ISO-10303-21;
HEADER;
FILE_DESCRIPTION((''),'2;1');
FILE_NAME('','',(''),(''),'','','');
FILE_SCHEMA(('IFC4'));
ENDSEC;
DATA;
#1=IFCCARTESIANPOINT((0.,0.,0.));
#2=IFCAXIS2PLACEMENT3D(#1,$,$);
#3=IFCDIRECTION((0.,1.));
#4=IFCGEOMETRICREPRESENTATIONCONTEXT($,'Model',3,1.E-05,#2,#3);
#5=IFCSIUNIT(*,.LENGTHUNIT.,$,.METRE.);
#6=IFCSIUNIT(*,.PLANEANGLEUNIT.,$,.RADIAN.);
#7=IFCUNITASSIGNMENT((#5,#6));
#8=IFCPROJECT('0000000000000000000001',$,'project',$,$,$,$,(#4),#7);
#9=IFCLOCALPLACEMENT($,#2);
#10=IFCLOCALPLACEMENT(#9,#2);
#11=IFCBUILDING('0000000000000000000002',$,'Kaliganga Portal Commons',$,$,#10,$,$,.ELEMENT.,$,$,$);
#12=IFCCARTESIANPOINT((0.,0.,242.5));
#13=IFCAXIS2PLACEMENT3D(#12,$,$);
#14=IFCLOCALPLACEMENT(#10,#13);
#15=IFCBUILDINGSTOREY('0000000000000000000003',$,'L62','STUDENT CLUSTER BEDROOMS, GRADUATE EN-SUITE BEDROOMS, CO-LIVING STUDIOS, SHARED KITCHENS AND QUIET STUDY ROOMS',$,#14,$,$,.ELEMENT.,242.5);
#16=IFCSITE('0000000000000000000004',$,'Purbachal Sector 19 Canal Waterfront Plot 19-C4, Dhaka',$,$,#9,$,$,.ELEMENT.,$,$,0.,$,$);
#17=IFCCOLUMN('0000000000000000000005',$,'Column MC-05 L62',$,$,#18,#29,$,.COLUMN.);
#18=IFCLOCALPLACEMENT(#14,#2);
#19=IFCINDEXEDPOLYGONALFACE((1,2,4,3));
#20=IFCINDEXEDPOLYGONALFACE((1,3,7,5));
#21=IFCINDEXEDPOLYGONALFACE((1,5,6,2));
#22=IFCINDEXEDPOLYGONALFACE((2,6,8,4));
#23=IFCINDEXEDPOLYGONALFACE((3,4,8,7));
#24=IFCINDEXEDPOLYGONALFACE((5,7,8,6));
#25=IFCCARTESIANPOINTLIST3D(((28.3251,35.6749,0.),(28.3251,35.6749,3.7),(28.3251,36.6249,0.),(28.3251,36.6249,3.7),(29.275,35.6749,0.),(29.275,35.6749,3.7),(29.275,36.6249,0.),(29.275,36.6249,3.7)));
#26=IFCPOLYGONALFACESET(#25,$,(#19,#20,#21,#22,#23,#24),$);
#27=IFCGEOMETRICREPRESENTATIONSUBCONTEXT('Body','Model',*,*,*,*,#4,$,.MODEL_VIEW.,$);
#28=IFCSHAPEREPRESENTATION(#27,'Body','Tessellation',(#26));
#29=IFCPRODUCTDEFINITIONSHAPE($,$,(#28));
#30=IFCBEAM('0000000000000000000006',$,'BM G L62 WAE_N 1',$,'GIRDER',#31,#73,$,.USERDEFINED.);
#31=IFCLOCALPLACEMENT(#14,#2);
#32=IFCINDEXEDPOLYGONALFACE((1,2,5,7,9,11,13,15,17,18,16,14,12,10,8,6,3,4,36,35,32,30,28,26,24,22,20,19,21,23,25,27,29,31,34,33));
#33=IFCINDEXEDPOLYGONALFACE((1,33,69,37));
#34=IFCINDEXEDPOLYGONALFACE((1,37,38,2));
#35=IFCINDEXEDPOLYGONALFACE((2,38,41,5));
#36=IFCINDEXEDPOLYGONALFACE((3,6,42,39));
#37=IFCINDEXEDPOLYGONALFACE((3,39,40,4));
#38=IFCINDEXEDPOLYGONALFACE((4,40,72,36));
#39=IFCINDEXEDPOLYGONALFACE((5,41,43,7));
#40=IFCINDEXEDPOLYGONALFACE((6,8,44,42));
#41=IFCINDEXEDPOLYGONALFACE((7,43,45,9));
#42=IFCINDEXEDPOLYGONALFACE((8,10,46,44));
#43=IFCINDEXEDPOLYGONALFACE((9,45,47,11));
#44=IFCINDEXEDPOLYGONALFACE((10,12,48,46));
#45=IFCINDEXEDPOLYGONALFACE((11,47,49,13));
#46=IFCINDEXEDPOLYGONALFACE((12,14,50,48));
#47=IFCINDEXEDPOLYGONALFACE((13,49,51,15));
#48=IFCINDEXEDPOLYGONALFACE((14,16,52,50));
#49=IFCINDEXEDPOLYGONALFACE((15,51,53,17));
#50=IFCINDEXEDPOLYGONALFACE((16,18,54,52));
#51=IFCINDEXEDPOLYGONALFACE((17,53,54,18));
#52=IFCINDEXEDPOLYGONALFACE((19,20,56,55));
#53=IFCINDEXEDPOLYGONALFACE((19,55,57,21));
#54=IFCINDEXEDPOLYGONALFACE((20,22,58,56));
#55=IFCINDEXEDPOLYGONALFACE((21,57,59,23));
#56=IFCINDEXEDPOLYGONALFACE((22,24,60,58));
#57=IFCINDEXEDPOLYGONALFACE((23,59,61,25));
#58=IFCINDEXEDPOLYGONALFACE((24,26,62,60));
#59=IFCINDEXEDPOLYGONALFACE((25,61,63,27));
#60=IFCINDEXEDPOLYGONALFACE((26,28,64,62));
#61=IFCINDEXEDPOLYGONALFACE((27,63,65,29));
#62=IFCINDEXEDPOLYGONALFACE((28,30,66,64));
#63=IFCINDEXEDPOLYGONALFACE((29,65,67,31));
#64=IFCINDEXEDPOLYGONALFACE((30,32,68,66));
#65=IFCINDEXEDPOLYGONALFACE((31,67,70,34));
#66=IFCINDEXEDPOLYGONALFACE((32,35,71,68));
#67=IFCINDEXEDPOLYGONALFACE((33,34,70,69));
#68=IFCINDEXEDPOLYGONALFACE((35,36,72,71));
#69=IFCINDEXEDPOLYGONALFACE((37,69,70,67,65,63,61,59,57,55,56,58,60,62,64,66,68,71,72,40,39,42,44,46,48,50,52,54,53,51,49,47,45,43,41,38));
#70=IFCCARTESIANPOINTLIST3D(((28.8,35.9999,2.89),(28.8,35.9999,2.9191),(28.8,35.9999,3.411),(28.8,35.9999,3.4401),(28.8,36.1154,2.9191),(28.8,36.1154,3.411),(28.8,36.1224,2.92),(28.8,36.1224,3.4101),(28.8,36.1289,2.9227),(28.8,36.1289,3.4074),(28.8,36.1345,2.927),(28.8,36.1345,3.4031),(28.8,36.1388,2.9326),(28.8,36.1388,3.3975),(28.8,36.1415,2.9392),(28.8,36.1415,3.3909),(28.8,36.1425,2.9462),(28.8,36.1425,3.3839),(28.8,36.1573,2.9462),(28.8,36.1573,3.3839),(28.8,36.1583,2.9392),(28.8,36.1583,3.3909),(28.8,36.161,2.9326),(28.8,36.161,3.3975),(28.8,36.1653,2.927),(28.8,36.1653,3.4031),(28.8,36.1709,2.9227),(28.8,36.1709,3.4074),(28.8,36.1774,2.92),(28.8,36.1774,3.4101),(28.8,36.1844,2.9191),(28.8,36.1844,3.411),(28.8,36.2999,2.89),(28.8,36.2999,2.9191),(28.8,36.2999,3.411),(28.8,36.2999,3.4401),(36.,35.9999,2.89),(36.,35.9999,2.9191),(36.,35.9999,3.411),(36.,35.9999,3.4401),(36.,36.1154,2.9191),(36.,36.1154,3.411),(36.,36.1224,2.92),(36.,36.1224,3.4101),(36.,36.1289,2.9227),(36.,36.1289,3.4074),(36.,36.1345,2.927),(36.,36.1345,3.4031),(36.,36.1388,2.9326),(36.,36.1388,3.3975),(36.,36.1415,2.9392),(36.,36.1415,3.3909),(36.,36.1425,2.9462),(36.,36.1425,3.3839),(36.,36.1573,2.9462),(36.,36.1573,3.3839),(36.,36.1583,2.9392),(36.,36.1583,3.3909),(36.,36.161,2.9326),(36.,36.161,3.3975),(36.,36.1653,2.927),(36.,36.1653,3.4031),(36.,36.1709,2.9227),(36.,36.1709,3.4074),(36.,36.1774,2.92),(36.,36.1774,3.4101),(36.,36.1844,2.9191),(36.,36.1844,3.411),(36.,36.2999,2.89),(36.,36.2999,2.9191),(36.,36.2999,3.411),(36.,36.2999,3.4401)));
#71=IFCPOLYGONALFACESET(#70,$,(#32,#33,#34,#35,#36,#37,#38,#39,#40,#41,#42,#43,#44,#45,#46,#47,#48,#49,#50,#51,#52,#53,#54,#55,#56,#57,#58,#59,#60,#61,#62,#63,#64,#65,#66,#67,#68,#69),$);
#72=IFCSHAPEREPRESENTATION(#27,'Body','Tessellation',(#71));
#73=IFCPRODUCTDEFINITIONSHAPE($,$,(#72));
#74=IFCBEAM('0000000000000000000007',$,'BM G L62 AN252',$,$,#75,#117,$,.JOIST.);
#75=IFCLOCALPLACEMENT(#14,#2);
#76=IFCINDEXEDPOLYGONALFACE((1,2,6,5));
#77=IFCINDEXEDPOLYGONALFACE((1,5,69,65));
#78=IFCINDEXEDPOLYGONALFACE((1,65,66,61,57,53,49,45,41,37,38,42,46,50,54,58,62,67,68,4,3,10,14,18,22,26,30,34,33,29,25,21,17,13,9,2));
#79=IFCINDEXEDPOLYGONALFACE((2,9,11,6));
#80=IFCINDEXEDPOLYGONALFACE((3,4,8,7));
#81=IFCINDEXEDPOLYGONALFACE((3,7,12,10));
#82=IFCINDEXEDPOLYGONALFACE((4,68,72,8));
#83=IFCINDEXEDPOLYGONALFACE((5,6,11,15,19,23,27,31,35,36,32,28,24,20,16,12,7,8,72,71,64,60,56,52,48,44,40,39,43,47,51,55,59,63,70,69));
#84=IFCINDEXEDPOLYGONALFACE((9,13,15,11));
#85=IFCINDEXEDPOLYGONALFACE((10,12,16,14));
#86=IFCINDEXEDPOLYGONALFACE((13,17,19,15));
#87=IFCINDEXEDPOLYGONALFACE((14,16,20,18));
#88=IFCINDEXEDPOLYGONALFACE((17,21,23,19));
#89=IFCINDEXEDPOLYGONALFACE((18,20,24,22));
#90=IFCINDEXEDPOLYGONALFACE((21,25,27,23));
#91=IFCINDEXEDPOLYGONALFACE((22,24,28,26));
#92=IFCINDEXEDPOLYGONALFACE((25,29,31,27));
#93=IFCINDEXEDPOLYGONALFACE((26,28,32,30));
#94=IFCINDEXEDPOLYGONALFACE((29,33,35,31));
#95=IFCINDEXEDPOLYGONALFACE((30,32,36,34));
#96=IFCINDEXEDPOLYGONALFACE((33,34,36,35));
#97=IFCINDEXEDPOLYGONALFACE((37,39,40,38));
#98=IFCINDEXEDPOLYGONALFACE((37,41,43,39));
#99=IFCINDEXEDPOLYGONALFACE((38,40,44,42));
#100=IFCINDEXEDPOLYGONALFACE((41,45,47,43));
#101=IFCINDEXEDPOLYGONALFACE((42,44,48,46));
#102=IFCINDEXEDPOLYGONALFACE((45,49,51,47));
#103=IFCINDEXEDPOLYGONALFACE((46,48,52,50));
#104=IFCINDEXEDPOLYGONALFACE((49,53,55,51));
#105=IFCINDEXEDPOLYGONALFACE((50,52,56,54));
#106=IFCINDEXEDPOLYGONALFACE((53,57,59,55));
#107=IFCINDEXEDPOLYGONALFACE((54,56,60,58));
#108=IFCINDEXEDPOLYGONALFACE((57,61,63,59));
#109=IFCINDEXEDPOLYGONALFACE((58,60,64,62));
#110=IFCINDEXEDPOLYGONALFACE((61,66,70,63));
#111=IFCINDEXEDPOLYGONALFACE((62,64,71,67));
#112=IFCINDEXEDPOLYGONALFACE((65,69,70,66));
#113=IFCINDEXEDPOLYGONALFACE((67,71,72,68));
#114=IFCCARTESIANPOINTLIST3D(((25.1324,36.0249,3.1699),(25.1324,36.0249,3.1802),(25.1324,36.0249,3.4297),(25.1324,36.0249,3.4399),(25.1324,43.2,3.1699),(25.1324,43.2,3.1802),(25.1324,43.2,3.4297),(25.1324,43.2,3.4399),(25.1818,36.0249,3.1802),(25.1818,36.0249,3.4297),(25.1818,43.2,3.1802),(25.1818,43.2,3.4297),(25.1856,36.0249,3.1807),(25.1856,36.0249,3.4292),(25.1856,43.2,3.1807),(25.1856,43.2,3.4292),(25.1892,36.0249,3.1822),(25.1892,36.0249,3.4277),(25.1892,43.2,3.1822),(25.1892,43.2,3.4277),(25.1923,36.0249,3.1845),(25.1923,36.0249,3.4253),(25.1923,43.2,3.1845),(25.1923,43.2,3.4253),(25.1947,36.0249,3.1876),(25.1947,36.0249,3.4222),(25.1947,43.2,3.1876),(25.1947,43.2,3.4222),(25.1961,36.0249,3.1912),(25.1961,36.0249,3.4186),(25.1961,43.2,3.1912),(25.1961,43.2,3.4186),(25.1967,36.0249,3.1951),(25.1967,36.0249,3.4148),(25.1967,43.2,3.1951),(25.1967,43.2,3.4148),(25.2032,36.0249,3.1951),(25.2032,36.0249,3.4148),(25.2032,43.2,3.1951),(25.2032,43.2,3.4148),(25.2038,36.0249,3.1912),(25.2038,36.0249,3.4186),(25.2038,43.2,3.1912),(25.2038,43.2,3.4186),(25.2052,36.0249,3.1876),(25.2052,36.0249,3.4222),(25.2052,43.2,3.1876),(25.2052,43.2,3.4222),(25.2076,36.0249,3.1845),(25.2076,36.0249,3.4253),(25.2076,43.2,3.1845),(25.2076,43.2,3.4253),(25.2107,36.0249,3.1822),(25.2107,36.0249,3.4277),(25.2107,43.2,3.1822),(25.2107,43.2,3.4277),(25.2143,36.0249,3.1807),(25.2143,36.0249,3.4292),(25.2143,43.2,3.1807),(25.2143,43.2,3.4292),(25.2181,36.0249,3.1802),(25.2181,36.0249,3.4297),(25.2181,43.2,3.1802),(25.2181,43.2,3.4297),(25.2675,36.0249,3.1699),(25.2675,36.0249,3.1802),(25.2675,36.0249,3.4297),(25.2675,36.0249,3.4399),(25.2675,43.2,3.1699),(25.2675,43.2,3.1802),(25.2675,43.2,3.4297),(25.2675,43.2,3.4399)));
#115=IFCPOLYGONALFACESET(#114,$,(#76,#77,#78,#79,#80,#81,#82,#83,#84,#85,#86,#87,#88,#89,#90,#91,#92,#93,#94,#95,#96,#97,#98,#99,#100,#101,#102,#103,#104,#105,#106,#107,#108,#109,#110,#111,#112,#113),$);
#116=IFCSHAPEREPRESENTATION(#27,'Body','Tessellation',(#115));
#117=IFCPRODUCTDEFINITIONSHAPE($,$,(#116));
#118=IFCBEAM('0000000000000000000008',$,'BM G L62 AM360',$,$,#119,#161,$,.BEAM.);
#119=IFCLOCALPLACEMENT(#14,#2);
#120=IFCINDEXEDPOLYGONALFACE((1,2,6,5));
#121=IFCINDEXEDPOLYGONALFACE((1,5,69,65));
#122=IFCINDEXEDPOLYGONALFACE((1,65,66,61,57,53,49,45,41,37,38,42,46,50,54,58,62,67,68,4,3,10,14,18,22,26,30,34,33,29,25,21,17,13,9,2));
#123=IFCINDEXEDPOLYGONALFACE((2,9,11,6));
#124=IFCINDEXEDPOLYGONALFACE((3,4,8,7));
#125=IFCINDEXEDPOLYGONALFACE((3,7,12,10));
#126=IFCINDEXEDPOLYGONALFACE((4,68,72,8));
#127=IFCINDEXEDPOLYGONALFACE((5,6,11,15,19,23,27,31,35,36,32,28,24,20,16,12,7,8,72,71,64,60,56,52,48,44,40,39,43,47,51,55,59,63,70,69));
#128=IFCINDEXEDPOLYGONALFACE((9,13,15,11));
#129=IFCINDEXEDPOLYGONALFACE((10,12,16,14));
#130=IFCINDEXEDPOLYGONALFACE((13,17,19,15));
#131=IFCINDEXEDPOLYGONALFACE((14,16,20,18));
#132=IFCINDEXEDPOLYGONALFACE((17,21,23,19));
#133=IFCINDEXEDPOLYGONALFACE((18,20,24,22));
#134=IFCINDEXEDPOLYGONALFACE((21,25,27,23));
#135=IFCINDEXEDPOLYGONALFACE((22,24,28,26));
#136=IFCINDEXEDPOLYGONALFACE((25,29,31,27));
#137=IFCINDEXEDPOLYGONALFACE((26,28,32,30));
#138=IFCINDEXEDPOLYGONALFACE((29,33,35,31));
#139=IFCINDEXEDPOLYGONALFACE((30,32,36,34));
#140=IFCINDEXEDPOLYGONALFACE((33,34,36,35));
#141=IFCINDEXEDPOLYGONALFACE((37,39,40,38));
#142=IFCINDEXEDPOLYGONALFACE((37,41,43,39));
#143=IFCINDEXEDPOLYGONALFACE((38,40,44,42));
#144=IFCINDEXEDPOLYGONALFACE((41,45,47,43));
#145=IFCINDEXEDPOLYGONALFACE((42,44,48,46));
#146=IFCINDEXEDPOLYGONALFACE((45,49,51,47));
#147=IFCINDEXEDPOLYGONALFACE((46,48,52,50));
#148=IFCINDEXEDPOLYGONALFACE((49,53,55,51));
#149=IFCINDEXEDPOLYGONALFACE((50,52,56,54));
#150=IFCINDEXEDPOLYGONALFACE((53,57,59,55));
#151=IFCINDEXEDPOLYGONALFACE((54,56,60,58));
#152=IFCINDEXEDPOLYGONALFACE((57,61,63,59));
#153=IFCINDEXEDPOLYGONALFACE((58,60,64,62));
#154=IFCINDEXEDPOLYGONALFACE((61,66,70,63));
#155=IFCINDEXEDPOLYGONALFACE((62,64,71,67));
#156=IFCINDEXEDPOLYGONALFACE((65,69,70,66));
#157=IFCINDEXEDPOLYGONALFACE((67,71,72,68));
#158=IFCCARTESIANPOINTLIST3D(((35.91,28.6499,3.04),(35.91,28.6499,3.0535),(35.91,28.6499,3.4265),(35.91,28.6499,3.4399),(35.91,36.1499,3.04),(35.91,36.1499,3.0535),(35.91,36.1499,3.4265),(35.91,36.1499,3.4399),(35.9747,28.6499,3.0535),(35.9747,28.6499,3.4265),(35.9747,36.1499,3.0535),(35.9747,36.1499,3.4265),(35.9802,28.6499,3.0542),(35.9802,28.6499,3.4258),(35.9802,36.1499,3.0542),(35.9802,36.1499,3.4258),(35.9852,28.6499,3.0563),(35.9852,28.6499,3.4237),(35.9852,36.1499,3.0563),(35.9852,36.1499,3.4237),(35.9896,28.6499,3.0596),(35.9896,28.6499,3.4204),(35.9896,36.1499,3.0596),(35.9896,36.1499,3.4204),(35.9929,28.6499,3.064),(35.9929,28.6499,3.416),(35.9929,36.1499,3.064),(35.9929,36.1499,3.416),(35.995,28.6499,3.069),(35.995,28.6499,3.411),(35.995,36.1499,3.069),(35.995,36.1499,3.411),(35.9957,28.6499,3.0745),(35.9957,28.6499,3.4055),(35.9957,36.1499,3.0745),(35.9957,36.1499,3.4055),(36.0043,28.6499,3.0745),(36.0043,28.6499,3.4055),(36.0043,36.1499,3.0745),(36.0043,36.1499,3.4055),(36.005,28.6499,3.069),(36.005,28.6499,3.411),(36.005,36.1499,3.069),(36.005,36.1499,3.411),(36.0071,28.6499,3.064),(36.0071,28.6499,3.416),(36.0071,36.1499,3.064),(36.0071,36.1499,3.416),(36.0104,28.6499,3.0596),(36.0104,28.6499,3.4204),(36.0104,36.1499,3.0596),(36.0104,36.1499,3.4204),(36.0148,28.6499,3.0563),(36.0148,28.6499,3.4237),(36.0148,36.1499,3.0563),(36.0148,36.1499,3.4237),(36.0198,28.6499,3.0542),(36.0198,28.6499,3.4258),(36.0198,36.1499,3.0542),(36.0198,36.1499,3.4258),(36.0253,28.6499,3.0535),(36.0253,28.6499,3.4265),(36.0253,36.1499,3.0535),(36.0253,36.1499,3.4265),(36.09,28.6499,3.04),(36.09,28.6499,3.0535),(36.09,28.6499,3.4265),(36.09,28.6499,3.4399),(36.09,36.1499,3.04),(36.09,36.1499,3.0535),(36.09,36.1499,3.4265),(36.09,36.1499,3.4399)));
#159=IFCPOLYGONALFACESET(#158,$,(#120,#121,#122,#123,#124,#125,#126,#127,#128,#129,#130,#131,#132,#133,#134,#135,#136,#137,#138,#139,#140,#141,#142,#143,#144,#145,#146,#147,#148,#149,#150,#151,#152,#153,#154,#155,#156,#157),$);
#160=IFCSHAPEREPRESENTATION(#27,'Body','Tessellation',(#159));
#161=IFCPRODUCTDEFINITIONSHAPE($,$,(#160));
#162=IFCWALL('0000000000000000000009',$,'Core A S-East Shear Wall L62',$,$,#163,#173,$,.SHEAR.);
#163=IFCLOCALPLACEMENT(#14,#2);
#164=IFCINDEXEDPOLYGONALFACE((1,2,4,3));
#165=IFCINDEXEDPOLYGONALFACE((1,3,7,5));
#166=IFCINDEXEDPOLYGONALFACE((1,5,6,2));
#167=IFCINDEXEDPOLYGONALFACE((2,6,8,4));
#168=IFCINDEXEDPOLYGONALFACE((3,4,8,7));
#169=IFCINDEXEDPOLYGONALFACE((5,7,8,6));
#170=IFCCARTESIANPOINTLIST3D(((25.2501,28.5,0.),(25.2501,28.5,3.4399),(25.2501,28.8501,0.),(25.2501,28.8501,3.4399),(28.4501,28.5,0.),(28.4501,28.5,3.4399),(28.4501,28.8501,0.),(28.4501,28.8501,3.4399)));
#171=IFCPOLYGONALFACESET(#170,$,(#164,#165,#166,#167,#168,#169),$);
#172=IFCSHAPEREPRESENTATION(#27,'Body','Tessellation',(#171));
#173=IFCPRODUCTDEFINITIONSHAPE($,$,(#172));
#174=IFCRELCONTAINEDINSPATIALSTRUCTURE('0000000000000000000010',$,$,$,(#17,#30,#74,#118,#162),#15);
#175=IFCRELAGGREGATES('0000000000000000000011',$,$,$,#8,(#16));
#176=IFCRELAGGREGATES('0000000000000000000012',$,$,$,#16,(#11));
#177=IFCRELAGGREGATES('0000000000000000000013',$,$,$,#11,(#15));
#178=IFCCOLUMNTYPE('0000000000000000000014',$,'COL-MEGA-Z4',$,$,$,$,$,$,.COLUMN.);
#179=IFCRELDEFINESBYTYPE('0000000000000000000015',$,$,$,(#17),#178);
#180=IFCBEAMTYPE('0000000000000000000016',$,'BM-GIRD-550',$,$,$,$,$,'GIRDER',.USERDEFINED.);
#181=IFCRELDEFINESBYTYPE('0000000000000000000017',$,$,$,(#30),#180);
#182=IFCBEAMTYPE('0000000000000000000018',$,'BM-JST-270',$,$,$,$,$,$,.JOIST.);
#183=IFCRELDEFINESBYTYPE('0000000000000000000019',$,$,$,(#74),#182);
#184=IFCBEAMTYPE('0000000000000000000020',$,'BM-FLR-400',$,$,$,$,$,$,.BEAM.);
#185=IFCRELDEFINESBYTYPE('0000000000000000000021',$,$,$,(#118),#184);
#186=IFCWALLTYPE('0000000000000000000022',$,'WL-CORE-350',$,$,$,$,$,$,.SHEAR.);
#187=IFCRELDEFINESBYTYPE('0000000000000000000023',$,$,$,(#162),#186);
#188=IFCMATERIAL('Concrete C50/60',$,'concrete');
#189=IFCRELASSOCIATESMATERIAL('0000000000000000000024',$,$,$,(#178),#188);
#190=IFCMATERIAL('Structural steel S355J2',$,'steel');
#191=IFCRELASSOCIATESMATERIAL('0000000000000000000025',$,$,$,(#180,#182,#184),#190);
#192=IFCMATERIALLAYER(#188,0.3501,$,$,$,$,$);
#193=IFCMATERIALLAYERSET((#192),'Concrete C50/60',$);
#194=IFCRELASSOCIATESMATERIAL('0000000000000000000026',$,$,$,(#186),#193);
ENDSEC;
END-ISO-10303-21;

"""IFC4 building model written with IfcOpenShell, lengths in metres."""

from ifc_helpers import new_model, si_unit, direction, frame, frame_2d, origin, origin_2d, place, context, subcontext, project, spatial, rectangle, i_section, extrude, source, transform, mapped, material, layer, layer_set, material_profile, profile_set, type_object, element, save


model = new_model("IFC4")

# Units and contexts
model_context = context("Model", 3, precision=1e-05, world=origin(), true_north=direction((0.0, 1.0)))
body_context = subcontext(model_context, "Body", "Model", "MODEL_VIEW")
ifc_project = project(units=[si_unit("LENGTHUNIT", "METRE"), si_unit("PLANEANGLEUNIT", "RADIAN")], contexts=[model_context])

# Site, building, storey
site_placement = place(None, origin())
site = spatial("IfcSite", under=ifc_project, at=site_placement, Name="Purbachal Sector 19 Canal Waterfront Plot 19-C4, Dhaka", CompositionType="ELEMENT", RefElevation=0.0)
building_placement = place(site_placement, origin())
building = spatial("IfcBuilding", under=site, at=building_placement, Name="Kaliganga Portal Commons", CompositionType="ELEMENT")
storey_placement = place(building_placement, frame((0.0, 0.0, 242.5)))
storey = spatial("IfcBuildingStorey", under=building, at=storey_placement, Name="L62", Description="STUDENT CLUSTER BEDROOMS, GRADUATE EN-SUITE BEDROOMS, CO-LIVING STUDIOS, SHARED KITCHENS AND QUIET STUDY ROOMS", CompositionType="ELEMENT", Elevation=242.5)

# Column
ifc_material_1 = material(Name="Concrete C50/60", Category="concrete")
ifc_material_profile_1 = material_profile(ifc_material_1, rectangle(XDim=0.95, YDim=0.95, at=origin_2d()), Name="RC 950x950")
ifc_profile_set_1 = profile_set([ifc_material_profile_1], Name="Concrete C50/60")
column_type = type_object("IfcColumnType", Name="COL-MEGA-Z4", PredefinedType="COLUMN", material=ifc_profile_set_1)
shared_shape_1 = source(origin(), body_context, "Body", "SweptSolid", [
    extrude(rectangle(XDim=0.95, YDim=0.95, at=origin_2d()), origin(), (0.0, 0.0, 1.0), 3.7),
])
column_placement = place(storey_placement, frame((28.8, 36.1499, 0.0), z_axis=(0.0, 0.0, 1.0), x_axis=(1.0, 0.0, 0.0)))
element("IfcColumn", 1, at=column_placement, inside=storey, type_object=column_type, Name="Column MC-05 L62", PredefinedType="COLUMN", context=body_context, shape_type="MappedRepresentation", body=[
    mapped(shared_shape_1, transform((0.0, 0.0, 0.0), x_axis=(1.0, 0.0, 0.0), y_axis=(0.0, 1.0, 0.0), z_axis=(0.0, 0.0, 1.0), scale=1.0)),
])

# Beams
ifc_material_2 = material(Name="Structural steel S355J2", Category="steel")
ifc_material_profile_2 = material_profile(ifc_material_2, i_section(OverallWidth=0.3, OverallDepth=0.55, WebThickness=0.0149, FlangeThickness=0.0291, FilletRadius=0.0271, at=origin_2d()), Name="HE 550 B")
ifc_profile_set_2 = profile_set([ifc_material_profile_2], Name="Structural steel S355J2 wide-flange")
beam_type_1 = type_object("IfcBeamType", Name="BM-GIRD-550", ElementType="GIRDER", PredefinedType="USERDEFINED", material=ifc_profile_set_2)
shared_shape_2 = source(origin(), body_context, "Body", "SweptSolid", [
    extrude(i_section(OverallWidth=0.3, OverallDepth=0.55, WebThickness=0.0149, FlangeThickness=0.0291, FilletRadius=0.0271, at=origin_2d()), origin(), (0.0, 0.0, 1.0), 7.2),
])
beam_1_placement = place(storey_placement, frame((28.8, 36.1499, 3.165), z_axis=(1.0, 0.0, 0.0), x_axis=(0.0, 1.0, 0.0)))
element("IfcBeam", 2, at=beam_1_placement, inside=storey, type_object=beam_type_1, Name="BM G L62 WAE_N 1", ObjectType="GIRDER", PredefinedType="USERDEFINED", context=body_context, shape_type="MappedRepresentation", body=[
    mapped(shared_shape_2, transform((0.0, 0.0, 0.0), x_axis=(1.0, 0.0, 0.0), y_axis=(0.0, 1.0, 0.0), z_axis=(0.0, 0.0, 1.0), scale=1.0)),
])
ifc_material_profile_3 = material_profile(ifc_material_2, i_section(OverallWidth=0.135, OverallDepth=0.27, WebThickness=0.0066, FlangeThickness=0.0103, FilletRadius=0.0149, at=origin_2d()), Name="IPE 270")
ifc_profile_set_3 = profile_set([ifc_material_profile_3], Name="Structural steel S355J2 wide-flange")
beam_type_2 = type_object("IfcBeamType", Name="BM-JST-270", PredefinedType="JOIST", material=ifc_profile_set_3)
shared_shape_3 = source(origin(), body_context, "Body", "SweptSolid", [
    extrude(i_section(OverallWidth=0.135, OverallDepth=0.27, WebThickness=0.0066, FlangeThickness=0.0103, FilletRadius=0.0149, at=origin_2d()), origin(), (0.0, 0.0, 1.0), 7.175),
])
beam_2_placement = place(storey_placement, frame((25.2, 36.0249, 3.3049), z_axis=(0.0, 1.0, 0.0), x_axis=(-1.0, 0.0, 0.0)))
element("IfcBeam", 3, at=beam_2_placement, inside=storey, type_object=beam_type_2, Name="BM G L62 AN252", PredefinedType="JOIST", context=body_context, shape_type="MappedRepresentation", body=[
    mapped(shared_shape_3, transform((0.0, 0.0, 0.0), x_axis=(1.0, 0.0, 0.0), y_axis=(0.0, 1.0, 0.0), z_axis=(0.0, 0.0, 1.0), scale=1.0)),
])
ifc_material_profile_4 = material_profile(ifc_material_2, i_section(OverallWidth=0.1799, OverallDepth=0.3999, WebThickness=0.0085, FlangeThickness=0.0134, FilletRadius=0.021, at=origin_2d()), Name="IPE 400")
ifc_profile_set_4 = profile_set([ifc_material_profile_4], Name="Structural steel S355J2 wide-flange")
beam_type_3 = type_object("IfcBeamType", Name="BM-FLR-400", PredefinedType="BEAM", material=ifc_profile_set_4)
shared_shape_4 = source(origin(), body_context, "Body", "SweptSolid", [
    extrude(i_section(OverallWidth=0.1799, OverallDepth=0.3999, WebThickness=0.0085, FlangeThickness=0.0134, FilletRadius=0.021, at=origin_2d()), origin(), (0.0, 0.0, 1.0), 7.5),
])
beam_3_placement = place(storey_placement, frame((36.0, 28.6499, 3.24), z_axis=(0.0, 1.0, 0.0), x_axis=(-1.0, 0.0, 0.0)))
element("IfcBeam", 4, at=beam_3_placement, inside=storey, type_object=beam_type_3, Name="BM G L62 AM360", PredefinedType="BEAM", context=body_context, shape_type="MappedRepresentation", body=[
    mapped(shared_shape_4, transform((0.0, 0.0, 0.0), x_axis=(1.0, 0.0, 0.0), y_axis=(0.0, 1.0, 0.0), z_axis=(0.0, 0.0, 1.0), scale=1.0)),
])

# Wall
ifc_layer_1 = layer(ifc_material_1, 0.3501)
ifc_layer_set_1 = layer_set([ifc_layer_1], Name="Concrete C50/60")
wall_type_1 = type_object("IfcWallType", Name="WL-CORE-350", PredefinedType="SHEAR", material=ifc_layer_set_1)
for number, where, z_axis, x_axis, name in (
    (5, (25.25, 28.675, 0.0), (0.0, 0.0, 1.0), (1.0, 0.0, 0.0), "Core A S-East Shear Wall L62"),
):
    element("IfcWall", number, at=place(storey_placement, frame(where, z_axis=z_axis, x_axis=x_axis)), inside=storey, type_object=wall_type_1, Name=name, PredefinedType="SHEAR", context=body_context, shape_type="SweptSolid", body=[
        extrude(rectangle(XDim=3.2, YDim=0.3501, at=frame_2d((1.6001, 0.0))), origin(), (0.0, 0.0, 1.0), 3.4399),
    ])

save(model, "model.ifc")
